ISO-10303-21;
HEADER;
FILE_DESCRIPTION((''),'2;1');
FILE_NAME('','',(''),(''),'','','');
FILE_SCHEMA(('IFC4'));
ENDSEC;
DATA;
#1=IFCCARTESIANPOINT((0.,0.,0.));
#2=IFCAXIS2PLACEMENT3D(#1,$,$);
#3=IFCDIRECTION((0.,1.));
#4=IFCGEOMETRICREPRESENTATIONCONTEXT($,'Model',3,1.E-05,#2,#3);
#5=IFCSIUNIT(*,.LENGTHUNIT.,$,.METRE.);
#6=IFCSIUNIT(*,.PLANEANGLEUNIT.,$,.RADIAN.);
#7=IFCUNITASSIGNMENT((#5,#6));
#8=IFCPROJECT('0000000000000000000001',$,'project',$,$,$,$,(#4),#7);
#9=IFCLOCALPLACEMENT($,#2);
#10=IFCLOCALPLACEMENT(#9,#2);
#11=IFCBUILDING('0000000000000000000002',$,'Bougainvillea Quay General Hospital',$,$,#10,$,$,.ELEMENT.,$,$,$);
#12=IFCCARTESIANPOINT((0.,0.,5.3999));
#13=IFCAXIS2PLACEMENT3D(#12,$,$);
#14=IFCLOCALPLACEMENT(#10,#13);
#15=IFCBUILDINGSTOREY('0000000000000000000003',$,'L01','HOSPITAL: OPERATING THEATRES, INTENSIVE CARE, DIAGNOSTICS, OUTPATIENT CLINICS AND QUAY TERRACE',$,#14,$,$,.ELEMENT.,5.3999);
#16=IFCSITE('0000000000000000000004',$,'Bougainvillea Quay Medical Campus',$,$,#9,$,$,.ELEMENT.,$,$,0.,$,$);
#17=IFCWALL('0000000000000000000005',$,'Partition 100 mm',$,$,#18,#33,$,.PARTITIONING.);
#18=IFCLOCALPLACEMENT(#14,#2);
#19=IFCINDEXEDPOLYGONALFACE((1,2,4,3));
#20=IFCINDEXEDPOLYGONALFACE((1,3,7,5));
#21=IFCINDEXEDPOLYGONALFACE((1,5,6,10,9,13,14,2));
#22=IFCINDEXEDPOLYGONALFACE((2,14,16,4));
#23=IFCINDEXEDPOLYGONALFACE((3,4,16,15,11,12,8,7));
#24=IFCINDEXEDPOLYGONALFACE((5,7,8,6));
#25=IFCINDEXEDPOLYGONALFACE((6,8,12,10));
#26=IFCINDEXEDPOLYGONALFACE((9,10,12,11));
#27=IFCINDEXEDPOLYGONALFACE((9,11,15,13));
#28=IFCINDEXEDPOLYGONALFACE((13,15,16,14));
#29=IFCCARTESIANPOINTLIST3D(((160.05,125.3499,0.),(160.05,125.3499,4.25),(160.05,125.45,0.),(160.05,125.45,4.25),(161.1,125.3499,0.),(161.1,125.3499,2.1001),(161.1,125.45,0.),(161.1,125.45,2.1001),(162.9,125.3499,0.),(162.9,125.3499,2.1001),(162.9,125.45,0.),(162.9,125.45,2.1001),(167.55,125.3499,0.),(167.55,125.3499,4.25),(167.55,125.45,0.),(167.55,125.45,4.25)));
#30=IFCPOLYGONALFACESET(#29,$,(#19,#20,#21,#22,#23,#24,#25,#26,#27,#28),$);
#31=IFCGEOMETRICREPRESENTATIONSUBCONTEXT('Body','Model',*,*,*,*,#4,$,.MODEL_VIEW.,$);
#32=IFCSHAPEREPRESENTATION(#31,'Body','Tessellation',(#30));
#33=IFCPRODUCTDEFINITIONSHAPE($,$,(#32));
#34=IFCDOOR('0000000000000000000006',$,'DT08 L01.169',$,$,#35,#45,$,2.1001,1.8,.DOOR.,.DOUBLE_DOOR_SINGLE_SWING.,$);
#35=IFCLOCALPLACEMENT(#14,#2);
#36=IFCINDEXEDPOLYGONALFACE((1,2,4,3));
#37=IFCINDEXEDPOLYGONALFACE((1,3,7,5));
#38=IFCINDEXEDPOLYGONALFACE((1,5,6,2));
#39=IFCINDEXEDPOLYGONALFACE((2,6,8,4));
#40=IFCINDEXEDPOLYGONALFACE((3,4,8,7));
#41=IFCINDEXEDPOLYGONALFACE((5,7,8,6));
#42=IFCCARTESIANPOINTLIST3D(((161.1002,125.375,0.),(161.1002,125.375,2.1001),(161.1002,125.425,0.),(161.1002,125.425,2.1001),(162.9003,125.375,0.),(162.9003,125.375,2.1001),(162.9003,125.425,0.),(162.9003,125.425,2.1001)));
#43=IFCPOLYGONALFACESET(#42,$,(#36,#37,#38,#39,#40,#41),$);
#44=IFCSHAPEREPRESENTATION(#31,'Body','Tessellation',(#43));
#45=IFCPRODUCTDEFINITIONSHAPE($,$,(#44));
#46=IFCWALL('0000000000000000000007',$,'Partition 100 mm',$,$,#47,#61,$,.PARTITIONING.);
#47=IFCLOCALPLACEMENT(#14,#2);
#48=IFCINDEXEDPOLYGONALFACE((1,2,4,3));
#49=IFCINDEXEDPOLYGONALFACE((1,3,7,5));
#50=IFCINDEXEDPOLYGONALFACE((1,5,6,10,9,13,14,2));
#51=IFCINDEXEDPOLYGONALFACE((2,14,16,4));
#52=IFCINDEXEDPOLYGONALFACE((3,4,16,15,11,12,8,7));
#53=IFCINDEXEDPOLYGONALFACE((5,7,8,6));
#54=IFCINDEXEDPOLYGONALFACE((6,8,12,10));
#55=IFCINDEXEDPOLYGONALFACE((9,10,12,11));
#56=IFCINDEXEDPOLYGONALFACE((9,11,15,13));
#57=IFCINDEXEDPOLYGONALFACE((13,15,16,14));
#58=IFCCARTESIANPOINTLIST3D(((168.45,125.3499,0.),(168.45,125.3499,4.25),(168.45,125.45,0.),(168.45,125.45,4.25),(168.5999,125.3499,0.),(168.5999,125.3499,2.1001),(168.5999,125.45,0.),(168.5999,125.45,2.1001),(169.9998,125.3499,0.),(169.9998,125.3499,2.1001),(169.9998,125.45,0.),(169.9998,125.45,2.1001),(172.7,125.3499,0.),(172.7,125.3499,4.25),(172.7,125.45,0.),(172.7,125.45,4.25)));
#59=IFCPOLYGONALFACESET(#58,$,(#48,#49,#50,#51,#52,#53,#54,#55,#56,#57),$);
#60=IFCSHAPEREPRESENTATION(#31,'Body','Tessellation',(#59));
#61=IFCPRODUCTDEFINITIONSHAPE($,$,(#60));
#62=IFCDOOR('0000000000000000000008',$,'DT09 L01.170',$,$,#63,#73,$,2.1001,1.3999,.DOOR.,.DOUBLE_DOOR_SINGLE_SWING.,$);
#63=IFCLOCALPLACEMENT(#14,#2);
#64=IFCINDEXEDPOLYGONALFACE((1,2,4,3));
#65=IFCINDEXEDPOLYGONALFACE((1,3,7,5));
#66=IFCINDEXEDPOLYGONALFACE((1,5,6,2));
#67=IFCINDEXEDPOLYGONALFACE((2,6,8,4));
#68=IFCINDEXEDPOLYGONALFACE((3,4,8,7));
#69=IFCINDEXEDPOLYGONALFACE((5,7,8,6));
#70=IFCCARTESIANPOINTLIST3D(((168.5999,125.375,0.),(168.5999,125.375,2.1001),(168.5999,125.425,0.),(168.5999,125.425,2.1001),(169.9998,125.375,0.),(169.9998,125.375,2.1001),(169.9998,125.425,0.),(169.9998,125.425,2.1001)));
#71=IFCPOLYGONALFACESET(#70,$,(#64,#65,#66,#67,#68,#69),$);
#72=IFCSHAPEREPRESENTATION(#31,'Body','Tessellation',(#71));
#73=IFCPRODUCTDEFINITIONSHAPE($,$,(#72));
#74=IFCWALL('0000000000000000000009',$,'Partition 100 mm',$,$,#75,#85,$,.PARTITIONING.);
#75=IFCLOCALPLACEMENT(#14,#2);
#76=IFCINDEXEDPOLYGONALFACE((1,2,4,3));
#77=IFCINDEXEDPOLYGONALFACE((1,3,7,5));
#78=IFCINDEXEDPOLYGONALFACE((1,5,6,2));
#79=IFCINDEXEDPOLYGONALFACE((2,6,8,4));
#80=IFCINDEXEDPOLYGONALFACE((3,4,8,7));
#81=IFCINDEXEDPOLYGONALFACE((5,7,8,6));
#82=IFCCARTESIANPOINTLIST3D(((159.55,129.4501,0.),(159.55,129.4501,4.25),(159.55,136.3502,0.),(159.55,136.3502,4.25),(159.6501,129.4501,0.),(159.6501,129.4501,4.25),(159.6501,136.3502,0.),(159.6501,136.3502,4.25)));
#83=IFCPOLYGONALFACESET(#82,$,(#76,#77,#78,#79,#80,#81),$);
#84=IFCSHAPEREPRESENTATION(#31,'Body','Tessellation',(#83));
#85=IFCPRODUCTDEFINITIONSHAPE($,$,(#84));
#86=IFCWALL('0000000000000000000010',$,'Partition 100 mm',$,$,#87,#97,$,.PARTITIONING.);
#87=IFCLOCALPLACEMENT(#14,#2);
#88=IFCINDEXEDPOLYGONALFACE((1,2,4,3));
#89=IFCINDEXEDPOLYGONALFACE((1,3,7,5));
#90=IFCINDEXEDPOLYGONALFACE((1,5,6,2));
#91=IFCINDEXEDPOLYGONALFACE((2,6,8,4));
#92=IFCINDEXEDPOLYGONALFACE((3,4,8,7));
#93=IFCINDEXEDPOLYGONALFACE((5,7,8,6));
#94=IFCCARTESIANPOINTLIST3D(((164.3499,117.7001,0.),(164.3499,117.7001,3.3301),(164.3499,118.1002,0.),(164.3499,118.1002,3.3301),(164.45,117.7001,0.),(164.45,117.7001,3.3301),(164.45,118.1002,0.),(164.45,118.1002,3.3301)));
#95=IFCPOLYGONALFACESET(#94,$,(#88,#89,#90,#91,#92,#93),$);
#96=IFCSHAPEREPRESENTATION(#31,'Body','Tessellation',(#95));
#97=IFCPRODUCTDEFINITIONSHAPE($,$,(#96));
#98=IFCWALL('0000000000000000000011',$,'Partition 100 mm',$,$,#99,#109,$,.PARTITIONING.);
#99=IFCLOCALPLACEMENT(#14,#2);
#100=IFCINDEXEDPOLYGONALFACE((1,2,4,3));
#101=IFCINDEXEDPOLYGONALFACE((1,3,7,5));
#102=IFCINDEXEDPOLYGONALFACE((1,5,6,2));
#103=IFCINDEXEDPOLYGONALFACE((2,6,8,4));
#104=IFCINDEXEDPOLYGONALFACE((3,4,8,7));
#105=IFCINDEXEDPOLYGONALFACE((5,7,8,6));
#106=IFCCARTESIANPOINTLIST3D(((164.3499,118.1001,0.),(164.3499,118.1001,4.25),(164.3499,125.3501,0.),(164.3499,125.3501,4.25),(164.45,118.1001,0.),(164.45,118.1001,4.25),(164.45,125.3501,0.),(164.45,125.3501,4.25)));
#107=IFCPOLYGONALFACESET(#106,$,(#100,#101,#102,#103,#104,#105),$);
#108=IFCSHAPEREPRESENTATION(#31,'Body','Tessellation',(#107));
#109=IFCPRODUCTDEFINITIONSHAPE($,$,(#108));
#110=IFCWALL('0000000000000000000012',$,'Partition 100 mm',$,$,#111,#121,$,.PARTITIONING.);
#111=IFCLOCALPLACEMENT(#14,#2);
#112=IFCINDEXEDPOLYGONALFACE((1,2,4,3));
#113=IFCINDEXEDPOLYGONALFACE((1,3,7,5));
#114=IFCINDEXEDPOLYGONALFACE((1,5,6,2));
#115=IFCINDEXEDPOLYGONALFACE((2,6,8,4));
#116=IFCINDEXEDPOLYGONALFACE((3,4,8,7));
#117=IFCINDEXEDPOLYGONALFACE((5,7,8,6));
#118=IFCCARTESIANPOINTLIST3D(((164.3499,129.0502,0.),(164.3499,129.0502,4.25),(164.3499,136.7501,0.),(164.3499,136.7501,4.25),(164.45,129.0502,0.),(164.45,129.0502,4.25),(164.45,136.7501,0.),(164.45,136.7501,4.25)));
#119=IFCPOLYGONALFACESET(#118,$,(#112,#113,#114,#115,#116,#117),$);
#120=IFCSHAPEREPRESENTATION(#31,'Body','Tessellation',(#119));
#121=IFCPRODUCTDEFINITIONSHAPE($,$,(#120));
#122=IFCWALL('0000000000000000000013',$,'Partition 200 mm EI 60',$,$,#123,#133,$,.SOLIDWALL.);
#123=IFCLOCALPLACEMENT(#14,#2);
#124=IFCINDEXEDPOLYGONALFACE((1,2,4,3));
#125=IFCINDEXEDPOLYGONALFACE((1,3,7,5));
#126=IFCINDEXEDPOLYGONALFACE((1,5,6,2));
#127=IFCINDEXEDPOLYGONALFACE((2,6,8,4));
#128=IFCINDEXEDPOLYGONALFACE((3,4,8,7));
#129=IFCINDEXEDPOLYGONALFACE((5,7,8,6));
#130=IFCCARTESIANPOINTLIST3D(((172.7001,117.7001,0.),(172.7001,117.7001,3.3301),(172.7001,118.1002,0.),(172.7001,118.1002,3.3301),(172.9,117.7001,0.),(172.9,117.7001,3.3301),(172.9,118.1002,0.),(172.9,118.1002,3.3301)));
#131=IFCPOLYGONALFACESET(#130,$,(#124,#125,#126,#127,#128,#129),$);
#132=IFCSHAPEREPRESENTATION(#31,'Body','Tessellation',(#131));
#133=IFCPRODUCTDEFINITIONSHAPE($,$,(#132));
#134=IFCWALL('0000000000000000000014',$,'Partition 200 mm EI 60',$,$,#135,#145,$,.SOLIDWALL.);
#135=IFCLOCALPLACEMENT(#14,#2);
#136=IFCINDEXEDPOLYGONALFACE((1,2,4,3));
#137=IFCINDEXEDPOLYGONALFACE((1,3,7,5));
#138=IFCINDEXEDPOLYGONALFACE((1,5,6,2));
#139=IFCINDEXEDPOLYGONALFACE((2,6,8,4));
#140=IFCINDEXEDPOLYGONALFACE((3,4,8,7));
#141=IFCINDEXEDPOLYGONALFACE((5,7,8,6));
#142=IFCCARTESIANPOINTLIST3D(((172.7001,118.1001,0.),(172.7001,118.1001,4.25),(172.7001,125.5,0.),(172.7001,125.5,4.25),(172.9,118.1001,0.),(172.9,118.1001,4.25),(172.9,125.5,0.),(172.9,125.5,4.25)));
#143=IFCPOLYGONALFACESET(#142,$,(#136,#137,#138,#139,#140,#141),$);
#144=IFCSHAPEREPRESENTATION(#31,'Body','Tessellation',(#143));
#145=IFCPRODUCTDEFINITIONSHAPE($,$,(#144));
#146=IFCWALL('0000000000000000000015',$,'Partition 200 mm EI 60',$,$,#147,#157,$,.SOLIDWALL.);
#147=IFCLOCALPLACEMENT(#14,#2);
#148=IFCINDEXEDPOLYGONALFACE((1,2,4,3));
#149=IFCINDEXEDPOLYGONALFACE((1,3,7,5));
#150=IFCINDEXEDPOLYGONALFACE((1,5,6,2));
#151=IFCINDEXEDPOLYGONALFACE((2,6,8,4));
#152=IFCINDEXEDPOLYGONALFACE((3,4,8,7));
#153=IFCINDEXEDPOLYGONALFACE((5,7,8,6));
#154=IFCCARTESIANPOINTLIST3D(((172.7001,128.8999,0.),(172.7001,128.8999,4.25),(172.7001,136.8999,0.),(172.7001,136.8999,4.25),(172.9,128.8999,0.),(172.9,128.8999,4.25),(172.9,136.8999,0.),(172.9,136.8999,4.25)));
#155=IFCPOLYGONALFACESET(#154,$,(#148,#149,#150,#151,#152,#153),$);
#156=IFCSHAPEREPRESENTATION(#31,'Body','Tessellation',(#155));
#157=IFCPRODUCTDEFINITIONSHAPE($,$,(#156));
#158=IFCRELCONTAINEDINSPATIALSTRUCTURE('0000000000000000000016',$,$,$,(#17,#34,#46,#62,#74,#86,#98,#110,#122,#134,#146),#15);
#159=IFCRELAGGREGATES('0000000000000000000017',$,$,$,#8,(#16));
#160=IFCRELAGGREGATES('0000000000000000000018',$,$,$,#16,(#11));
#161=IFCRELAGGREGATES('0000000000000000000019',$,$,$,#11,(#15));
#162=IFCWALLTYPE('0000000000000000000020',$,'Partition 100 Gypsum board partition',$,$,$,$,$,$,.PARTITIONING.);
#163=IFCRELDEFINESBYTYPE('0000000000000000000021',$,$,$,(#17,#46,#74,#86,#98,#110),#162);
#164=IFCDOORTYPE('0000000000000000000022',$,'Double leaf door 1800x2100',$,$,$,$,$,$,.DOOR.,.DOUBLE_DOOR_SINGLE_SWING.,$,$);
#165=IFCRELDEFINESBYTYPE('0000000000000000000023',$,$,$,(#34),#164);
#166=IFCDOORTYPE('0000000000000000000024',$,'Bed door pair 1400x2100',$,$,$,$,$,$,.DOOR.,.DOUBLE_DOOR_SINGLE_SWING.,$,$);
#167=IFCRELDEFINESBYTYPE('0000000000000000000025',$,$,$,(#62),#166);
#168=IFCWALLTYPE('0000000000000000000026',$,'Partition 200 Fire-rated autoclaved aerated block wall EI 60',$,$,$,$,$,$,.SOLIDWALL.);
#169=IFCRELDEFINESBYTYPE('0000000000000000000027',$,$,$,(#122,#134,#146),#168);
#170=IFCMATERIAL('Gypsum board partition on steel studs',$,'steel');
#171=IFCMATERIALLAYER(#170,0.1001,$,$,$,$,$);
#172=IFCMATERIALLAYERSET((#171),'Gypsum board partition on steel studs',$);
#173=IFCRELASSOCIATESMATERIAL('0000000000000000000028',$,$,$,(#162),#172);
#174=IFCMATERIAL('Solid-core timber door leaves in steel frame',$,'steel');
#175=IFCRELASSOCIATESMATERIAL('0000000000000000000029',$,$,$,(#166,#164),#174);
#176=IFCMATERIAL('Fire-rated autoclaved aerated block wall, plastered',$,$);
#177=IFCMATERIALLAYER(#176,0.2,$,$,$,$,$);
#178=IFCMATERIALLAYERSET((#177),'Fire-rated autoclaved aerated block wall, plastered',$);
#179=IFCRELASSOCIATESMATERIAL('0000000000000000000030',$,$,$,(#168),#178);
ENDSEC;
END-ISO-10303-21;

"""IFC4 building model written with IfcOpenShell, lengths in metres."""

from ifc_helpers import new_model, si_unit, direction, frame, frame_2d, origin, place, context, subcontext, project, spatial, rectangle, extrude, material, layer, layer_set, type_object, element, fill, save


model = new_model("IFC4")

# Units and contexts
model_context = context("Model", 3, precision=1e-05, world=origin(), true_north=direction((0.0, 1.0)))
body_context = subcontext(model_context, "Body", "Model", "MODEL_VIEW")
ifc_project = project(units=[si_unit("LENGTHUNIT", "METRE"), si_unit("PLANEANGLEUNIT", "RADIAN")], contexts=[model_context])

# Site, building, storey
site_placement = place(None, origin())
site = spatial("IfcSite", under=ifc_project, at=site_placement, Name="Bougainvillea Quay Medical Campus", CompositionType="ELEMENT", RefElevation=0.0)
building_placement = place(site_placement, origin())
building = spatial("IfcBuilding", under=site, at=building_placement, Name="Bougainvillea Quay General Hospital", CompositionType="ELEMENT")
storey_placement = place(building_placement, frame((0.0, 0.0, 5.3999)))
storey = spatial("IfcBuildingStorey", under=building, at=storey_placement, Name="L01", Description="HOSPITAL: OPERATING THEATRES, INTENSIVE CARE, DIAGNOSTICS, OUTPATIENT CLINICS AND QUAY TERRACE", CompositionType="ELEMENT", Elevation=5.3999)

# Walls, openings, doors
ifc_material_1 = material(Name="Gypsum board partition on steel studs", Category="steel")
ifc_layer_1 = layer(ifc_material_1, 0.1001)
ifc_layer_set_1 = layer_set([ifc_layer_1], Name="Gypsum board partition on steel studs")
wall_type_1 = type_object("IfcWallType", Name="Partition 100 Gypsum board partition", PredefinedType="PARTITIONING", material=ifc_layer_set_1)
ifc_material_2 = material(Name="Solid-core timber door leaves in steel frame", Category="steel")
door_type_1 = type_object("IfcDoorType", Name="Bed door pair 1400x2100", OperationType="DOUBLE_DOOR_SINGLE_SWING", PredefinedType="DOOR", material=ifc_material_2)
door_type_2 = type_object("IfcDoorType", Name="Double leaf door 1800x2100", OperationType="DOUBLE_DOOR_SINGLE_SWING", PredefinedType="DOOR", material=ifc_material_2)
wall_1_placement = place(storey_placement, frame((160.05, 125.3999, 0.0), z_axis=(0.0, 0.0, 1.0), x_axis=(1.0, 0.0, 0.0)))
wall_1 = element("IfcWall", 1, at=wall_1_placement, inside=storey, type_object=wall_type_1, Name="Partition 100 mm", PredefinedType="PARTITIONING", context=body_context, shape_type="SweptSolid", body=[
    extrude(rectangle(XDim=7.5, YDim=0.1001, at=frame_2d((3.75, 0.0))), origin(), (0.0, 0.0, 1.0), 4.25),
])
opening_1_placement = place(wall_1_placement, frame((1.05, 0.0, 0.0)))
opening_1 = element("IfcOpeningElement", 2, at=opening_1_placement, cuts=wall_1, PredefinedType="OPENING", context=body_context, shape_type="SweptSolid", body=[
    extrude(rectangle(XDim=1.8, YDim=2.1001, at=frame_2d((0.8999, 1.05))), frame((0.0, 0.0601, 0.0), z_axis=(0.0, -1.0, 0.0), x_axis=(1.0, 0.0, 0.0)), (0.0, 0.0, 1.0), 0.1201),
])
door_1_placement = place(opening_1_placement, frame((1.8, 0.0, 0.0), z_axis=(0.0, 0.0, 1.0), x_axis=(-1.0, 0.0, 0.0)))
door_1 = element("IfcDoor", 3, at=door_1_placement, inside=storey, type_object=door_type_2, Name="DT08 L01.169", OperationType="DOUBLE_DOOR_SINGLE_SWING", OverallHeight=2.1001, OverallWidth=1.8, PredefinedType="DOOR", context=body_context, shape_type="SweptSolid", body=[
    extrude(rectangle(XDim=1.8, YDim=2.1001, at=frame_2d((0.8999, 1.05))), frame((0.0, 0.0249, 0.0), z_axis=(0.0, -1.0, 0.0), x_axis=(1.0, 0.0, 0.0)), (0.0, 0.0, 1.0), 0.05),
])
fill(opening_1, door_1)
wall_2_placement = place(storey_placement, frame((168.45, 125.3999, 0.0), z_axis=(0.0, 0.0, 1.0), x_axis=(1.0, 0.0, 0.0)))
wall_2 = element("IfcWall", 4, at=wall_2_placement, inside=storey, type_object=wall_type_1, Name="Partition 100 mm", PredefinedType="PARTITIONING", context=body_context, shape_type="SweptSolid", body=[
    extrude(rectangle(XDim=4.25, YDim=0.1001, at=frame_2d((2.125, 0.0))), origin(), (0.0, 0.0, 1.0), 4.25),
])
opening_2_placement = place(wall_2_placement, frame((0.1499, 0.0, 0.0)))
opening_2 = element("IfcOpeningElement", 5, at=opening_2_placement, cuts=wall_2, PredefinedType="OPENING", context=body_context, shape_type="SweptSolid", body=[
    extrude(rectangle(XDim=1.3999, YDim=2.1001, at=frame_2d((0.7, 1.05))), frame((0.0, 0.0601, 0.0), z_axis=(0.0, -1.0, 0.0), x_axis=(1.0, 0.0, 0.0)), (0.0, 0.0, 1.0), 0.1201),
])
door_2_placement = place(opening_2_placement, frame((1.3999, 0.0, 0.0), z_axis=(0.0, 0.0, 1.0), x_axis=(-1.0, 0.0, 0.0)))
door_2 = element("IfcDoor", 6, at=door_2_placement, inside=storey, type_object=door_type_1, Name="DT09 L01.170", OperationType="DOUBLE_DOOR_SINGLE_SWING", OverallHeight=2.1001, OverallWidth=1.3999, PredefinedType="DOOR", context=body_context, shape_type="SweptSolid", body=[
    extrude(rectangle(XDim=1.3999, YDim=2.1001, at=frame_2d((0.7, 1.05))), frame((0.0, 0.0249, 0.0), z_axis=(0.0, -1.0, 0.0), x_axis=(1.0, 0.0, 0.0)), (0.0, 0.0, 1.0), 0.05),
])
fill(opening_2, door_2)

# Walls
wall_3_placement = place(storey_placement, frame((159.6001, 129.45, 0.0), z_axis=(0.0, 0.0, 1.0), x_axis=(0.0, 1.0, 0.0)))
element("IfcWall", 7, at=wall_3_placement, inside=storey, type_object=wall_type_1, Name="Partition 100 mm", PredefinedType="PARTITIONING", context=body_context, shape_type="SweptSolid", body=[
    extrude(rectangle(XDim=6.9001, YDim=0.1001, at=frame_2d((3.4502, 0.0))), origin(), (0.0, 0.0, 1.0), 4.25),
])
wall_4_placement = place(storey_placement, frame((164.3999, 117.7, 0.0), z_axis=(0.0, 0.0, 1.0), x_axis=(0.0, 1.0, 0.0)))
element("IfcWall", 8, at=wall_4_placement, inside=storey, type_object=wall_type_1, Name="Partition 100 mm", PredefinedType="PARTITIONING", context=body_context, shape_type="SweptSolid", body=[
    extrude(rectangle(XDim=0.4001, YDim=0.1001, at=frame_2d((0.2002, 0.0))), origin(), (0.0, 0.0, 1.0), 3.3301),
])
wall_5_placement = place(storey_placement, frame((164.3999, 118.1001, 0.0), z_axis=(0.0, 0.0, 1.0), x_axis=(0.0, 1.0, 0.0)))
element("IfcWall", 9, at=wall_5_placement, inside=storey, type_object=wall_type_1, Name="Partition 100 mm", PredefinedType="PARTITIONING", context=body_context, shape_type="SweptSolid", body=[
    extrude(rectangle(XDim=7.25, YDim=0.1001, at=frame_2d((3.625, 0.0))), origin(), (0.0, 0.0, 1.0), 4.25),
])
wall_6_placement = place(storey_placement, frame((164.3999, 129.05, 0.0), z_axis=(0.0, 0.0, 1.0), x_axis=(0.0, 1.0, 0.0)))
element("IfcWall", 10, at=wall_6_placement, inside=storey, type_object=wall_type_1, Name="Partition 100 mm", PredefinedType="PARTITIONING", context=body_context, shape_type="SweptSolid", body=[
    extrude(rectangle(XDim=7.7, YDim=0.1001, at=frame_2d((3.8501, 0.0))), origin(), (0.0, 0.0, 1.0), 4.25),
])
ifc_material_3 = material(Name="Fire-rated autoclaved aerated block wall, plastered")
ifc_layer_2 = layer(ifc_material_3, 0.2)
ifc_layer_set_2 = layer_set([ifc_layer_2], Name="Fire-rated autoclaved aerated block wall, plastered")
wall_type_2 = type_object("IfcWallType", Name="Partition 200 Fire-rated autoclaved aerated block wall EI 60", PredefinedType="SOLIDWALL", material=ifc_layer_set_2)
wall_7_placement = place(storey_placement, frame((172.8, 117.7, 0.0), z_axis=(0.0, 0.0, 1.0), x_axis=(0.0, 1.0, 0.0)))
element("IfcWall", 11, at=wall_7_placement, inside=storey, type_object=wall_type_2, Name="Partition 200 mm EI 60", PredefinedType="SOLIDWALL", context=body_context, shape_type="SweptSolid", body=[
    extrude(rectangle(XDim=0.4001, YDim=0.2, at=frame_2d((0.2002, 0.0))), origin(), (0.0, 0.0, 1.0), 3.3301),
])
wall_8_placement = place(storey_placement, frame((172.8, 118.1001, 0.0), z_axis=(0.0, 0.0, 1.0), x_axis=(0.0, 1.0, 0.0)))
element("IfcWall", 12, at=wall_8_placement, inside=storey, type_object=wall_type_2, Name="Partition 200 mm EI 60", PredefinedType="SOLIDWALL", context=body_context, shape_type="SweptSolid", body=[
    extrude(rectangle(XDim=7.3999, YDim=0.2, at=frame_2d((3.7, 0.0))), origin(), (0.0, 0.0, 1.0), 4.25),
])
wall_9_placement = place(storey_placement, frame((172.8, 128.8999, 0.0), z_axis=(0.0, 0.0, 1.0), x_axis=(0.0, 1.0, 0.0)))
element("IfcWall", 13, at=wall_9_placement, inside=storey, type_object=wall_type_2, Name="Partition 200 mm EI 60", PredefinedType="SOLIDWALL", context=body_context, shape_type="SweptSolid", body=[
    extrude(rectangle(XDim=8.0, YDim=0.2, at=frame_2d((4.0, 0.0))), origin(), (0.0, 0.0, 1.0), 4.25),
])

save(model, "model.ifc")
